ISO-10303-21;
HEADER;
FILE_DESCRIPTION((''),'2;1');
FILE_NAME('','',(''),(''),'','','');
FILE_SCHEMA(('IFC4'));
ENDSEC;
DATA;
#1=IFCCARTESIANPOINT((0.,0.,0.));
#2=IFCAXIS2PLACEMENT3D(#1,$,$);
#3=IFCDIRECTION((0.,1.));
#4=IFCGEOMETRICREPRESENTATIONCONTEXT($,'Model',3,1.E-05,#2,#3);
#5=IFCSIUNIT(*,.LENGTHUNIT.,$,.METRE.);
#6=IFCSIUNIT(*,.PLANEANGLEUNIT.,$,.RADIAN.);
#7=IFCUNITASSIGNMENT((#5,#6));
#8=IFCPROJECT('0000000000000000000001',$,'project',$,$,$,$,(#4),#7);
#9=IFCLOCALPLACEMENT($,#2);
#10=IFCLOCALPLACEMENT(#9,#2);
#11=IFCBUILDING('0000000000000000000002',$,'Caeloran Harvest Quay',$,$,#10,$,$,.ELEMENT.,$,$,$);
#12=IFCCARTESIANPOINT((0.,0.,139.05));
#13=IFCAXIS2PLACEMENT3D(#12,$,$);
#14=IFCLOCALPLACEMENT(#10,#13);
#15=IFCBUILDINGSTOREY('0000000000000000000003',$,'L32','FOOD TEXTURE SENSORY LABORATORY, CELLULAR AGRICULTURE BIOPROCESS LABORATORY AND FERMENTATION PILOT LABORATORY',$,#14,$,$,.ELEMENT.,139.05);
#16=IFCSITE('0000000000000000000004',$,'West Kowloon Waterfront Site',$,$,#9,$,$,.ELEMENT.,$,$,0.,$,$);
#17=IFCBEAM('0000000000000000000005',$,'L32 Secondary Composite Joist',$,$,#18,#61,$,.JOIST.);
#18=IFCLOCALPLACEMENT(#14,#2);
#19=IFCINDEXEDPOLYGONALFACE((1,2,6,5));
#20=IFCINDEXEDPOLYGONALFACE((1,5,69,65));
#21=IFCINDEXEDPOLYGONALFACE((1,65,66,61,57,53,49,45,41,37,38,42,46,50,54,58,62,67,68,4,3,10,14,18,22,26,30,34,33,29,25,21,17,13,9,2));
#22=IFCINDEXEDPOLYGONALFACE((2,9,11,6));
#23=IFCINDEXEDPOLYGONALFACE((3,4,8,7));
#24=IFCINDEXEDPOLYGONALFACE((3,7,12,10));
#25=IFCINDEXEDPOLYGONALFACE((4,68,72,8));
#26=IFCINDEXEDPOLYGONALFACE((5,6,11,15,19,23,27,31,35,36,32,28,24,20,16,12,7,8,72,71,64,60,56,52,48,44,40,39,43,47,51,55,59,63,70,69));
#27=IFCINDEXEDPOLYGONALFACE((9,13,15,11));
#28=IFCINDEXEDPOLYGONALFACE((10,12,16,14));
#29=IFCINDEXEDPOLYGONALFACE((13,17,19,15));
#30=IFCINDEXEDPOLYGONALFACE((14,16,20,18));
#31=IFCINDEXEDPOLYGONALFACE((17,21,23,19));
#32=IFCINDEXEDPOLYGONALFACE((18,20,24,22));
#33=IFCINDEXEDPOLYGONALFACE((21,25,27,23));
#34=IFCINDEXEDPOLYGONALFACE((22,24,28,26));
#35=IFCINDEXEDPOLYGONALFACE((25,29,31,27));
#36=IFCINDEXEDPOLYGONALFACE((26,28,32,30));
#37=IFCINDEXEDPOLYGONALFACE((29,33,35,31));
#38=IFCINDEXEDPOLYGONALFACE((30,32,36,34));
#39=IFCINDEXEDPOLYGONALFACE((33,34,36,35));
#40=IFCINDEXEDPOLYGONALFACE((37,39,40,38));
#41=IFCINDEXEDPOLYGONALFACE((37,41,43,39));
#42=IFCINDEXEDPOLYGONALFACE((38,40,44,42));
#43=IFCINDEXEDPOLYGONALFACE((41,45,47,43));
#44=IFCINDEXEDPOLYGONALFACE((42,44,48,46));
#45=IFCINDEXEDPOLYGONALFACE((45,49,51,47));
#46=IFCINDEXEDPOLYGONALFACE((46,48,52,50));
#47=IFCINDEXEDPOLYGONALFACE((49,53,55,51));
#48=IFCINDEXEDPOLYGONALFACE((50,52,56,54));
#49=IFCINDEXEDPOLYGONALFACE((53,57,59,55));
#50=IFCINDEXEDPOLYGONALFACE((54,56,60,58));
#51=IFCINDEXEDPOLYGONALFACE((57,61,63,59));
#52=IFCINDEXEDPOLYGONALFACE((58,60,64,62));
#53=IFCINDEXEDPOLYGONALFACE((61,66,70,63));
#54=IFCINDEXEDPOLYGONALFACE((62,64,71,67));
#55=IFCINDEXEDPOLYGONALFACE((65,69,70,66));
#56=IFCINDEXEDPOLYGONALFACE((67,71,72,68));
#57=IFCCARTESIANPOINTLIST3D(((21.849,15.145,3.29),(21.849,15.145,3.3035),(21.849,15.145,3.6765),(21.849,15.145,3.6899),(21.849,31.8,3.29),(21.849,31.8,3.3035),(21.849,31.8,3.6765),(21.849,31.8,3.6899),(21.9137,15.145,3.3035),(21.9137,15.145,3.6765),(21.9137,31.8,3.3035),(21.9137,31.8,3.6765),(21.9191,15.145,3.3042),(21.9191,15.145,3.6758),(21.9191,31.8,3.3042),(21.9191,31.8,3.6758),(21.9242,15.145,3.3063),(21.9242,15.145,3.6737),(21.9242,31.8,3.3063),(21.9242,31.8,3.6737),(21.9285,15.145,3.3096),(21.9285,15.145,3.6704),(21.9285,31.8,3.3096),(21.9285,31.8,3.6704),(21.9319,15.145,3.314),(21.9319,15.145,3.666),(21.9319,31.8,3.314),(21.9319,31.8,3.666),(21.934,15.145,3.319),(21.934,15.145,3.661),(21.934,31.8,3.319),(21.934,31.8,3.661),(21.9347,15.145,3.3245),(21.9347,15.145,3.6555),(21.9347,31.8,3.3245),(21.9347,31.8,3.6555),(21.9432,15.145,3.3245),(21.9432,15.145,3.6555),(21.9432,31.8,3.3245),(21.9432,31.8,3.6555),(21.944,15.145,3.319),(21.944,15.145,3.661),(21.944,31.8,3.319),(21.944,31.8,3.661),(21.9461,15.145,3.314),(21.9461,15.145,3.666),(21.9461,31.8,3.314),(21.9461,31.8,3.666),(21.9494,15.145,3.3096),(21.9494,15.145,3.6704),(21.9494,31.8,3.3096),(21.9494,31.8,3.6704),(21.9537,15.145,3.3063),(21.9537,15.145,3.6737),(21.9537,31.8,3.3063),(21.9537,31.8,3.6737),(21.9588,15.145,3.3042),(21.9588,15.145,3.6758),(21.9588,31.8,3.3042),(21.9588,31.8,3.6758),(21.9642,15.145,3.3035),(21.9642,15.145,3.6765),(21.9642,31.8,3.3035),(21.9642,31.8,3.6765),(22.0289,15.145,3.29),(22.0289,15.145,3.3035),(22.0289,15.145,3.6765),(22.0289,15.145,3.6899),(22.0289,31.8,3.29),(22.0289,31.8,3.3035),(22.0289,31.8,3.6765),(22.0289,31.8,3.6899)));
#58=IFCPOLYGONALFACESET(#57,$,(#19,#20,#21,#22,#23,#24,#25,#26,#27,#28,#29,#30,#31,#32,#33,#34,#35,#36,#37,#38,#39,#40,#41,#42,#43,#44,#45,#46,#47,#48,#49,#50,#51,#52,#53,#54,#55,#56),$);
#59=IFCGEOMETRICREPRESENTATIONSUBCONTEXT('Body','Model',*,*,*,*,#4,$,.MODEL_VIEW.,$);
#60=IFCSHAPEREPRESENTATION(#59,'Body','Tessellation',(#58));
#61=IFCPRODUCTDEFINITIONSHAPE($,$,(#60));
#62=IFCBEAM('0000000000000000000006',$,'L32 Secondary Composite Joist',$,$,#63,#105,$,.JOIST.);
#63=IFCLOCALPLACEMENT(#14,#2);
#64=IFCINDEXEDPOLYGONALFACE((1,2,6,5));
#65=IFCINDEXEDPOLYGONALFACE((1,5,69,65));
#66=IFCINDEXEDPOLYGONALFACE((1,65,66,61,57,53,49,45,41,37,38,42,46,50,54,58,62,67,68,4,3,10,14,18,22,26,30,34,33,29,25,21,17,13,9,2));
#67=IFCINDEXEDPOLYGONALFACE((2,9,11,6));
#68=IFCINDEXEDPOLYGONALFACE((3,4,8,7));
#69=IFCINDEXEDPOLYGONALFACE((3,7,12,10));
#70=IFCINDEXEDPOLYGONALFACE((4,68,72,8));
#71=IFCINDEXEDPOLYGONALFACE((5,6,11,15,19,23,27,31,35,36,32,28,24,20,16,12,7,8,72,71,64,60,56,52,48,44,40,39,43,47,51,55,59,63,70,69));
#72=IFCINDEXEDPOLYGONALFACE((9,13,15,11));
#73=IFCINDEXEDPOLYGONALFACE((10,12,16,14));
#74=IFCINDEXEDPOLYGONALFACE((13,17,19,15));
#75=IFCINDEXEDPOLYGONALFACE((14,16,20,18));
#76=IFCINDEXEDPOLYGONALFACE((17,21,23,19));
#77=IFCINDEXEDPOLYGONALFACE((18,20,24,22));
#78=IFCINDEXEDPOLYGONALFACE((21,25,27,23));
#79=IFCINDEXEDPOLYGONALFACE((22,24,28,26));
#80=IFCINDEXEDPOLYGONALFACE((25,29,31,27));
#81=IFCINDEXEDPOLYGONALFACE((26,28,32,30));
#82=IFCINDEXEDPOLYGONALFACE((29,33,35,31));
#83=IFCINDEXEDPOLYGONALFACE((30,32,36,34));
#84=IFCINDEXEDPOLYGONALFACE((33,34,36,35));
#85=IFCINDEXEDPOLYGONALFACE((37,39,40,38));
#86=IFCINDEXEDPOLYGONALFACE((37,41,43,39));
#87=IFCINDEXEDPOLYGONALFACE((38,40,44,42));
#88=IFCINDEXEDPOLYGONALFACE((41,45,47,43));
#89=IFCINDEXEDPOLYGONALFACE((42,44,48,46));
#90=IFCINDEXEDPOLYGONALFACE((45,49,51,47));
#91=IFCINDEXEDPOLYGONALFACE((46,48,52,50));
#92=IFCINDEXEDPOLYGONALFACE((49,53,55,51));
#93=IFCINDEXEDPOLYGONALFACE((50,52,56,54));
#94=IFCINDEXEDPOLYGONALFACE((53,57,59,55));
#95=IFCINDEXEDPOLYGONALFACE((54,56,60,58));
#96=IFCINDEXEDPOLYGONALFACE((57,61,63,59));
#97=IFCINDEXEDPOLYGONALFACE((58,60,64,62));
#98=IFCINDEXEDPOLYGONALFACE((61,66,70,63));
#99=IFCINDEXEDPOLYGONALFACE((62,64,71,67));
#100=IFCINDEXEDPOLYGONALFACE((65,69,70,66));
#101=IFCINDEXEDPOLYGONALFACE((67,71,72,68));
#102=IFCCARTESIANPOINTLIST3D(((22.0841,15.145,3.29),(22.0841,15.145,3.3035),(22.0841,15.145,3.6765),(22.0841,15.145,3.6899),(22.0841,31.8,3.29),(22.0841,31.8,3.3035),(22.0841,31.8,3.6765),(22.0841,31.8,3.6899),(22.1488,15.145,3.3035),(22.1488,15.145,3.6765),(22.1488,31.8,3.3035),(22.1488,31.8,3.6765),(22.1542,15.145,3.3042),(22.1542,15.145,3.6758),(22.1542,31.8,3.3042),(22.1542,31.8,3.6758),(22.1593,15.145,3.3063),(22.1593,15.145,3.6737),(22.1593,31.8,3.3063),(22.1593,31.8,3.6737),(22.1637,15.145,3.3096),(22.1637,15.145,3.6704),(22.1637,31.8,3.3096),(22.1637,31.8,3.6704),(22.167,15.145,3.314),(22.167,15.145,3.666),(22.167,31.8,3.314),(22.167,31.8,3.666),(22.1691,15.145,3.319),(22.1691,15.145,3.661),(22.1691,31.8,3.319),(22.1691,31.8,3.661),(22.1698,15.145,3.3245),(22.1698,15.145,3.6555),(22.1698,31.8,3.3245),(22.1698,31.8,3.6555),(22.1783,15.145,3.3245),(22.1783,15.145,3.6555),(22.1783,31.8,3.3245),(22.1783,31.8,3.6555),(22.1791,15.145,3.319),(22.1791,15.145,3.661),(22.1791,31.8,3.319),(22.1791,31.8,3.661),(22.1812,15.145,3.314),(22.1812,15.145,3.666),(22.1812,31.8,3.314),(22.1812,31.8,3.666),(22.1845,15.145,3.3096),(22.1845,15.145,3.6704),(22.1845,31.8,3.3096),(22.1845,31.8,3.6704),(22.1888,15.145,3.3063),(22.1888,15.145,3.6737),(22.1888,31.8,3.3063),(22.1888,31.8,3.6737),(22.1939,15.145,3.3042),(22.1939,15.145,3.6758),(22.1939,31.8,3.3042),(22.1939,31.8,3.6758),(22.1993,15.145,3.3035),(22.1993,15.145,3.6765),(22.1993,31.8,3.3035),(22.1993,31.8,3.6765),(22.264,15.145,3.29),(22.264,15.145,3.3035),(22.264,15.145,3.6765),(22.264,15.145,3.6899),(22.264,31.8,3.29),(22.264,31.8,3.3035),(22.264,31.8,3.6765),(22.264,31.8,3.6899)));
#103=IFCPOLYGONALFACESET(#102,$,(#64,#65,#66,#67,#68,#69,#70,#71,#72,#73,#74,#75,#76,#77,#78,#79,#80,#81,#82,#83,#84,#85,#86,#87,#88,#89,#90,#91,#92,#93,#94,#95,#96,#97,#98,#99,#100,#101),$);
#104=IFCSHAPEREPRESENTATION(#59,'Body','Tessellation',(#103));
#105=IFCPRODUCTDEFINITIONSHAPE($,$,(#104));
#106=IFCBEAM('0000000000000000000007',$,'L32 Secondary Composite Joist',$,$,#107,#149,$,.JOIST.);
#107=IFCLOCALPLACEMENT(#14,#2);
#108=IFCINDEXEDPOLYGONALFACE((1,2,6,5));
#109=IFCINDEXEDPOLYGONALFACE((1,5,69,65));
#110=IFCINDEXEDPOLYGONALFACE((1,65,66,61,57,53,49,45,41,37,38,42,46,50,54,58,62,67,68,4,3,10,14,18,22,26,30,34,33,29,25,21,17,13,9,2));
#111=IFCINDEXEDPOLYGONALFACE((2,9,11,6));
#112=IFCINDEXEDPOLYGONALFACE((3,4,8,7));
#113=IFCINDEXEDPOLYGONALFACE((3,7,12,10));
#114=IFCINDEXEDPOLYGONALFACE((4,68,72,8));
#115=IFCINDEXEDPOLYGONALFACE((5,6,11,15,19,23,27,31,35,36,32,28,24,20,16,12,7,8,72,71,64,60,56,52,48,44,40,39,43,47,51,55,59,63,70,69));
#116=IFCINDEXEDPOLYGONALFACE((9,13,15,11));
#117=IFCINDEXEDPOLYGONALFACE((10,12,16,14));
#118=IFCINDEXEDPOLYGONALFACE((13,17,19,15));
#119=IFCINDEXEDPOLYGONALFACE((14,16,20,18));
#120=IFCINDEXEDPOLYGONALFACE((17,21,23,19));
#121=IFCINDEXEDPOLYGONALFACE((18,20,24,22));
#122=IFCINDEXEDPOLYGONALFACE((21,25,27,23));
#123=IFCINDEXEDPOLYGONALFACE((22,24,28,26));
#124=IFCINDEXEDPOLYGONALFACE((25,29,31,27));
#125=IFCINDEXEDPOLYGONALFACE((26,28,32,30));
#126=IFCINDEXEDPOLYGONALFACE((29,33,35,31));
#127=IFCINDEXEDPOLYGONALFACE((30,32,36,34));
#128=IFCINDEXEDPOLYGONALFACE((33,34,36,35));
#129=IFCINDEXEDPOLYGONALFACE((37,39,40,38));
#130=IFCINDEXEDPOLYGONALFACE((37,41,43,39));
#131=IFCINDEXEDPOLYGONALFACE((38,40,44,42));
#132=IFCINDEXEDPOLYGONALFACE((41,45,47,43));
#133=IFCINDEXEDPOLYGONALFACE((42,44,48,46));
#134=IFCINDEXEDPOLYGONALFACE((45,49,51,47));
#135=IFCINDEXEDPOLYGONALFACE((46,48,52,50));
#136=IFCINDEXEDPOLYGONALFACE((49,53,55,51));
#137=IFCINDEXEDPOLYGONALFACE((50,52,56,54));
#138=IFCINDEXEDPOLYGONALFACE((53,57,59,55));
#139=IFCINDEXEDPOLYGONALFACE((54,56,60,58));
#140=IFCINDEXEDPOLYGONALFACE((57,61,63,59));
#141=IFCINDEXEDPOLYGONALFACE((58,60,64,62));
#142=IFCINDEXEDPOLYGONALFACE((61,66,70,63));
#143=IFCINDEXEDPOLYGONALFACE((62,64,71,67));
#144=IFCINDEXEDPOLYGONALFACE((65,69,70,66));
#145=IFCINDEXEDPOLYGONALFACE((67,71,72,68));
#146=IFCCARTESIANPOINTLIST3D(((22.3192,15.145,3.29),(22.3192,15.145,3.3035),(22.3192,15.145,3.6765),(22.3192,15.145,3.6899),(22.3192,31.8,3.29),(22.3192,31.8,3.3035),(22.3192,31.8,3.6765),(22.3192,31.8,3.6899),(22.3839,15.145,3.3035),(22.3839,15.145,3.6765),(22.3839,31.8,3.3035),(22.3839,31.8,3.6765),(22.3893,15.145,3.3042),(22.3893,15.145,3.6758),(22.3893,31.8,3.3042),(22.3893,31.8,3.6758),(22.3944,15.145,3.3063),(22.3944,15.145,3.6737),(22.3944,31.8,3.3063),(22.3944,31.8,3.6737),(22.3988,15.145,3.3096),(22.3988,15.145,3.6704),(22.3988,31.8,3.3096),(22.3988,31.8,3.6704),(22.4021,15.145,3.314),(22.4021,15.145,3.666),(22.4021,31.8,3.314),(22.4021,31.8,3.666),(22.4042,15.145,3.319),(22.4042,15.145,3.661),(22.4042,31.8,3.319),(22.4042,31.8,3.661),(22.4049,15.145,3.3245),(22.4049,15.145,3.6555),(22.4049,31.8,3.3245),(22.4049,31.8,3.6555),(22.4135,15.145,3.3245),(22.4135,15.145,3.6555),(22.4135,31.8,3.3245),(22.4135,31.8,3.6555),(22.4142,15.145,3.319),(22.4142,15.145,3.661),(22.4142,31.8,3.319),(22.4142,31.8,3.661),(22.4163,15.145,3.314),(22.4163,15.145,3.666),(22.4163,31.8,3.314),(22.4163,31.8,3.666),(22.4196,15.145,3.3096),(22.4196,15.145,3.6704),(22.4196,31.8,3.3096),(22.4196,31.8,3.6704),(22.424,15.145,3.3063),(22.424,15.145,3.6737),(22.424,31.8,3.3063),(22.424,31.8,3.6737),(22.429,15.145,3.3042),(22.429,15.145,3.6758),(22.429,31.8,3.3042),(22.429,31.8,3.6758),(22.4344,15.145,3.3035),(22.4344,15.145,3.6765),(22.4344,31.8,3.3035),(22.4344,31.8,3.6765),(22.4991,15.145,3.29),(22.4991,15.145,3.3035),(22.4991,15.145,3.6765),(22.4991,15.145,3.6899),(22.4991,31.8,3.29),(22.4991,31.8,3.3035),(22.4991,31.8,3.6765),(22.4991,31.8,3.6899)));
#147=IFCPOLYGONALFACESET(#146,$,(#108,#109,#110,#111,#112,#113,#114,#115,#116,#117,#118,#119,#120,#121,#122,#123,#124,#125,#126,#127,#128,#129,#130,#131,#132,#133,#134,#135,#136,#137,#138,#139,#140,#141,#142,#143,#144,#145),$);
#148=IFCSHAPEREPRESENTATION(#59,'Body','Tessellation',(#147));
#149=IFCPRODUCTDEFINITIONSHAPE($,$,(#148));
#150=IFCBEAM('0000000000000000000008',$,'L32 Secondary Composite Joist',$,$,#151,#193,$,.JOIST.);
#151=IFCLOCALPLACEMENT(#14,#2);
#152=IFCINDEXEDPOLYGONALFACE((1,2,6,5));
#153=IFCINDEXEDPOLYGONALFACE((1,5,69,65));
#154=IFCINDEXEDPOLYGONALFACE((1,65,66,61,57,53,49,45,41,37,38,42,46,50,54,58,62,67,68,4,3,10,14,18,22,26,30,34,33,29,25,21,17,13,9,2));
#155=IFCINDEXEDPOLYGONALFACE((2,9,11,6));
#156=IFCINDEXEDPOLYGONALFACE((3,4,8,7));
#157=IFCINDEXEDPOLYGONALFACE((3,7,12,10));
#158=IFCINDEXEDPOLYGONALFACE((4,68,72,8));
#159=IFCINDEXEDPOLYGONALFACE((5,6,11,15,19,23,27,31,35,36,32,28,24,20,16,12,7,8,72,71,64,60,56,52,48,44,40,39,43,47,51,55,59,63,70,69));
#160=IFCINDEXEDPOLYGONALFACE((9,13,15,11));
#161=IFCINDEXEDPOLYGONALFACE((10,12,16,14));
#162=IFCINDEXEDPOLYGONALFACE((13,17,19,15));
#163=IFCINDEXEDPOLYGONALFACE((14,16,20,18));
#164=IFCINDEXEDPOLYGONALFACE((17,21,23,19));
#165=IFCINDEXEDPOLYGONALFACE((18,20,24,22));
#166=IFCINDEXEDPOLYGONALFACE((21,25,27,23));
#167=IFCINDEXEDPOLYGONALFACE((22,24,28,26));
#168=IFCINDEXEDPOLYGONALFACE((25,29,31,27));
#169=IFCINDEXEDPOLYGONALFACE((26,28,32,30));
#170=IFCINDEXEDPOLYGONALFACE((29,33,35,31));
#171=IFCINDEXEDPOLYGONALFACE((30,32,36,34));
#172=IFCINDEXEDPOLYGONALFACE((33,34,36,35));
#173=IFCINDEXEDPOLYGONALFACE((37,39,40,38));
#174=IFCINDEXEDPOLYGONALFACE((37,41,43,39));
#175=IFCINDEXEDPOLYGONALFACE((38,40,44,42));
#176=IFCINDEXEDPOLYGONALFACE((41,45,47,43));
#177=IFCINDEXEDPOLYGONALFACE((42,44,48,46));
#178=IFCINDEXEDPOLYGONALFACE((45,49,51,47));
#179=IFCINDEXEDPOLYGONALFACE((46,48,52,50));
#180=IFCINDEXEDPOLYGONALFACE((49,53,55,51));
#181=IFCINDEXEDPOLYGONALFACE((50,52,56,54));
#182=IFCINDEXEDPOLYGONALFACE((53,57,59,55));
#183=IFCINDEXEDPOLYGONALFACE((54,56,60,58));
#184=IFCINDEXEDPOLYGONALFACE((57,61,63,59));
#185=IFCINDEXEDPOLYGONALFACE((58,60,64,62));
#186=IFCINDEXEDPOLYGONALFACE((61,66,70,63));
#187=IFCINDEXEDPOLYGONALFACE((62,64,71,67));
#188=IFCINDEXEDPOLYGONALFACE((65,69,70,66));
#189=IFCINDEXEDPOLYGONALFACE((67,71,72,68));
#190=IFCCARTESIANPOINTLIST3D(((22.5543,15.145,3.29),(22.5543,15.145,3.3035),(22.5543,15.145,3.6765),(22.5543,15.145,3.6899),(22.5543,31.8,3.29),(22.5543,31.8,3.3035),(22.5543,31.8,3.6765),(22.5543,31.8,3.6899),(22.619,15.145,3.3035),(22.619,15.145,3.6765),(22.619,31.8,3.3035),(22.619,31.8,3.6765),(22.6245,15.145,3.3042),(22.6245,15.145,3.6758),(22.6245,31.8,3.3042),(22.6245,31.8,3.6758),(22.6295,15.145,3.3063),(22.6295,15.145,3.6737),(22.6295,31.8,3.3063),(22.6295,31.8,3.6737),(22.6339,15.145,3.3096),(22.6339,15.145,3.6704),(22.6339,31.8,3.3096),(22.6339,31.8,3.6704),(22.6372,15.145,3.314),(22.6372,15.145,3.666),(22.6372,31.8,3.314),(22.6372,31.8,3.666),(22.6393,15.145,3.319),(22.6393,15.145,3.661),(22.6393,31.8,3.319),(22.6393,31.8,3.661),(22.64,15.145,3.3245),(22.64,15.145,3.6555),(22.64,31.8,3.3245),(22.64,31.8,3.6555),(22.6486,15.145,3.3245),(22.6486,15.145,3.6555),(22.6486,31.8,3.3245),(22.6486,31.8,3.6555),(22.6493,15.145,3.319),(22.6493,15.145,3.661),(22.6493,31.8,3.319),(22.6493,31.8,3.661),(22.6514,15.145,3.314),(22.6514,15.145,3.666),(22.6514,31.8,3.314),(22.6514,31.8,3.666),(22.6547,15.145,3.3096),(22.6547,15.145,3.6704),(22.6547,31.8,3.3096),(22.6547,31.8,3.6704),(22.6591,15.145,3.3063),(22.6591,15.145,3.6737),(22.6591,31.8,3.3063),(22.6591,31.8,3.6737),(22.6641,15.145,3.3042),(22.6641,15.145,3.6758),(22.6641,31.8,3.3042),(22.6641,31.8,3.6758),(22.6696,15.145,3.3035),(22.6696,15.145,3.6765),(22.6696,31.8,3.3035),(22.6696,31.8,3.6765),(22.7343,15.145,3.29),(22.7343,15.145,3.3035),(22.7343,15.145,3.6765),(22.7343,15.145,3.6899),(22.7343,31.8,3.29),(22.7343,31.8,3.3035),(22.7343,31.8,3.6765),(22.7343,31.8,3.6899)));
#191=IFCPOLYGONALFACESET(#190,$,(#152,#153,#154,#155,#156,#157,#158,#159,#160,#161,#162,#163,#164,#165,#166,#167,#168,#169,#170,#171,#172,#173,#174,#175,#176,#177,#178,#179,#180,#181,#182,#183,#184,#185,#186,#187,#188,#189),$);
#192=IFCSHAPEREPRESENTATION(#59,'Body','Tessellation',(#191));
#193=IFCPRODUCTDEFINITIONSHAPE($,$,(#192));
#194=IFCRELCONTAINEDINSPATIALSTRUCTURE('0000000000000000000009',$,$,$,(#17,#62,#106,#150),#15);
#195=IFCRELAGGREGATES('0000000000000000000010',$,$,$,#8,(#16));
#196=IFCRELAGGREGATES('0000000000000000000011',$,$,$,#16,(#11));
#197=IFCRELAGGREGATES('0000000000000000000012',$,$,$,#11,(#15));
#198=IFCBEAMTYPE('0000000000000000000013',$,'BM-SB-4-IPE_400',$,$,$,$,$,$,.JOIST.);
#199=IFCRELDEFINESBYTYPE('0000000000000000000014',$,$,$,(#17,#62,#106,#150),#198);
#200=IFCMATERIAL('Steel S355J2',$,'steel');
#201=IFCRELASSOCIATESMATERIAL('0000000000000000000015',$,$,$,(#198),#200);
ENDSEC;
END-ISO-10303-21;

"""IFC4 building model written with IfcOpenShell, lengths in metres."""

from ifc_helpers import new_model, si_unit, direction, frame, origin, origin_2d, place, context, subcontext, project, spatial, i_section, extrude, material, material_profile, profile_set, type_object, element, save


model = new_model("IFC4")

# Units and contexts
model_context = context("Model", 3, precision=1e-05, world=origin(), true_north=direction((0.0, 1.0)))
body_context = subcontext(model_context, "Body", "Model", "MODEL_VIEW")
ifc_project = project(units=[si_unit("LENGTHUNIT", "METRE"), si_unit("PLANEANGLEUNIT", "RADIAN")], contexts=[model_context])

# Site, building, storey
site_placement = place(None, origin())
site = spatial("IfcSite", under=ifc_project, at=site_placement, Name="West Kowloon Waterfront Site", CompositionType="ELEMENT", RefElevation=0.0)
building_placement = place(site_placement, origin())
building = spatial("IfcBuilding", under=site, at=building_placement, Name="Caeloran Harvest Quay", CompositionType="ELEMENT")
storey_placement = place(building_placement, frame((0.0, 0.0, 139.05)))
storey = spatial("IfcBuildingStorey", under=building, at=storey_placement, Name="L32", Description="FOOD TEXTURE SENSORY LABORATORY, CELLULAR AGRICULTURE BIOPROCESS LABORATORY AND FERMENTATION PILOT LABORATORY", CompositionType="ELEMENT", Elevation=139.05)

# Beams
ifc_material_1 = material(Name="Steel S355J2", Category="steel")
ifc_material_profile_1 = material_profile(ifc_material_1, i_section(OverallWidth=0.1799, OverallDepth=0.3999, WebThickness=0.0085, FlangeThickness=0.0134, FilletRadius=0.021, at=origin_2d()), Name="IPE 400")
ifc_profile_set_1 = profile_set([ifc_material_profile_1], Name="Steel S355J2")
beam_type_1 = type_object("IfcBeamType", Name="BM-SB-4-IPE_400", PredefinedType="JOIST", material=ifc_profile_set_1)
for number, where, z_axis, x_axis, name in (
    (1, (21.939, 15.145, 3.49), (0.0, 1.0, 0.0), (-1.0, 0.0, 0.0), "L32 Secondary Composite Joist"),
    (2, (22.1741, 15.145, 3.49), (0.0, 1.0, 0.0), (-1.0, 0.0, 0.0), "L32 Secondary Composite Joist"),
    (3, (22.4092, 15.145, 3.49), (0.0, 1.0, 0.0), (-1.0, 0.0, 0.0), "L32 Secondary Composite Joist"),
    (4, (22.6443, 15.145, 3.49), (0.0, 1.0, 0.0), (-1.0, 0.0, 0.0), "L32 Secondary Composite Joist"),
):
    element("IfcBeam", number, at=place(storey_placement, frame(where, z_axis=z_axis, x_axis=x_axis)), inside=storey, type_object=beam_type_1, Name=name, PredefinedType="JOIST", context=body_context, shape_type="SweptSolid", body=[
        extrude(i_section(OverallWidth=0.1799, OverallDepth=0.3999, WebThickness=0.0085, FlangeThickness=0.0134, FilletRadius=0.021, at=origin_2d()), origin(), (0.0, 0.0, 1.0), 16.655),
    ])

save(model, "model.ifc")
